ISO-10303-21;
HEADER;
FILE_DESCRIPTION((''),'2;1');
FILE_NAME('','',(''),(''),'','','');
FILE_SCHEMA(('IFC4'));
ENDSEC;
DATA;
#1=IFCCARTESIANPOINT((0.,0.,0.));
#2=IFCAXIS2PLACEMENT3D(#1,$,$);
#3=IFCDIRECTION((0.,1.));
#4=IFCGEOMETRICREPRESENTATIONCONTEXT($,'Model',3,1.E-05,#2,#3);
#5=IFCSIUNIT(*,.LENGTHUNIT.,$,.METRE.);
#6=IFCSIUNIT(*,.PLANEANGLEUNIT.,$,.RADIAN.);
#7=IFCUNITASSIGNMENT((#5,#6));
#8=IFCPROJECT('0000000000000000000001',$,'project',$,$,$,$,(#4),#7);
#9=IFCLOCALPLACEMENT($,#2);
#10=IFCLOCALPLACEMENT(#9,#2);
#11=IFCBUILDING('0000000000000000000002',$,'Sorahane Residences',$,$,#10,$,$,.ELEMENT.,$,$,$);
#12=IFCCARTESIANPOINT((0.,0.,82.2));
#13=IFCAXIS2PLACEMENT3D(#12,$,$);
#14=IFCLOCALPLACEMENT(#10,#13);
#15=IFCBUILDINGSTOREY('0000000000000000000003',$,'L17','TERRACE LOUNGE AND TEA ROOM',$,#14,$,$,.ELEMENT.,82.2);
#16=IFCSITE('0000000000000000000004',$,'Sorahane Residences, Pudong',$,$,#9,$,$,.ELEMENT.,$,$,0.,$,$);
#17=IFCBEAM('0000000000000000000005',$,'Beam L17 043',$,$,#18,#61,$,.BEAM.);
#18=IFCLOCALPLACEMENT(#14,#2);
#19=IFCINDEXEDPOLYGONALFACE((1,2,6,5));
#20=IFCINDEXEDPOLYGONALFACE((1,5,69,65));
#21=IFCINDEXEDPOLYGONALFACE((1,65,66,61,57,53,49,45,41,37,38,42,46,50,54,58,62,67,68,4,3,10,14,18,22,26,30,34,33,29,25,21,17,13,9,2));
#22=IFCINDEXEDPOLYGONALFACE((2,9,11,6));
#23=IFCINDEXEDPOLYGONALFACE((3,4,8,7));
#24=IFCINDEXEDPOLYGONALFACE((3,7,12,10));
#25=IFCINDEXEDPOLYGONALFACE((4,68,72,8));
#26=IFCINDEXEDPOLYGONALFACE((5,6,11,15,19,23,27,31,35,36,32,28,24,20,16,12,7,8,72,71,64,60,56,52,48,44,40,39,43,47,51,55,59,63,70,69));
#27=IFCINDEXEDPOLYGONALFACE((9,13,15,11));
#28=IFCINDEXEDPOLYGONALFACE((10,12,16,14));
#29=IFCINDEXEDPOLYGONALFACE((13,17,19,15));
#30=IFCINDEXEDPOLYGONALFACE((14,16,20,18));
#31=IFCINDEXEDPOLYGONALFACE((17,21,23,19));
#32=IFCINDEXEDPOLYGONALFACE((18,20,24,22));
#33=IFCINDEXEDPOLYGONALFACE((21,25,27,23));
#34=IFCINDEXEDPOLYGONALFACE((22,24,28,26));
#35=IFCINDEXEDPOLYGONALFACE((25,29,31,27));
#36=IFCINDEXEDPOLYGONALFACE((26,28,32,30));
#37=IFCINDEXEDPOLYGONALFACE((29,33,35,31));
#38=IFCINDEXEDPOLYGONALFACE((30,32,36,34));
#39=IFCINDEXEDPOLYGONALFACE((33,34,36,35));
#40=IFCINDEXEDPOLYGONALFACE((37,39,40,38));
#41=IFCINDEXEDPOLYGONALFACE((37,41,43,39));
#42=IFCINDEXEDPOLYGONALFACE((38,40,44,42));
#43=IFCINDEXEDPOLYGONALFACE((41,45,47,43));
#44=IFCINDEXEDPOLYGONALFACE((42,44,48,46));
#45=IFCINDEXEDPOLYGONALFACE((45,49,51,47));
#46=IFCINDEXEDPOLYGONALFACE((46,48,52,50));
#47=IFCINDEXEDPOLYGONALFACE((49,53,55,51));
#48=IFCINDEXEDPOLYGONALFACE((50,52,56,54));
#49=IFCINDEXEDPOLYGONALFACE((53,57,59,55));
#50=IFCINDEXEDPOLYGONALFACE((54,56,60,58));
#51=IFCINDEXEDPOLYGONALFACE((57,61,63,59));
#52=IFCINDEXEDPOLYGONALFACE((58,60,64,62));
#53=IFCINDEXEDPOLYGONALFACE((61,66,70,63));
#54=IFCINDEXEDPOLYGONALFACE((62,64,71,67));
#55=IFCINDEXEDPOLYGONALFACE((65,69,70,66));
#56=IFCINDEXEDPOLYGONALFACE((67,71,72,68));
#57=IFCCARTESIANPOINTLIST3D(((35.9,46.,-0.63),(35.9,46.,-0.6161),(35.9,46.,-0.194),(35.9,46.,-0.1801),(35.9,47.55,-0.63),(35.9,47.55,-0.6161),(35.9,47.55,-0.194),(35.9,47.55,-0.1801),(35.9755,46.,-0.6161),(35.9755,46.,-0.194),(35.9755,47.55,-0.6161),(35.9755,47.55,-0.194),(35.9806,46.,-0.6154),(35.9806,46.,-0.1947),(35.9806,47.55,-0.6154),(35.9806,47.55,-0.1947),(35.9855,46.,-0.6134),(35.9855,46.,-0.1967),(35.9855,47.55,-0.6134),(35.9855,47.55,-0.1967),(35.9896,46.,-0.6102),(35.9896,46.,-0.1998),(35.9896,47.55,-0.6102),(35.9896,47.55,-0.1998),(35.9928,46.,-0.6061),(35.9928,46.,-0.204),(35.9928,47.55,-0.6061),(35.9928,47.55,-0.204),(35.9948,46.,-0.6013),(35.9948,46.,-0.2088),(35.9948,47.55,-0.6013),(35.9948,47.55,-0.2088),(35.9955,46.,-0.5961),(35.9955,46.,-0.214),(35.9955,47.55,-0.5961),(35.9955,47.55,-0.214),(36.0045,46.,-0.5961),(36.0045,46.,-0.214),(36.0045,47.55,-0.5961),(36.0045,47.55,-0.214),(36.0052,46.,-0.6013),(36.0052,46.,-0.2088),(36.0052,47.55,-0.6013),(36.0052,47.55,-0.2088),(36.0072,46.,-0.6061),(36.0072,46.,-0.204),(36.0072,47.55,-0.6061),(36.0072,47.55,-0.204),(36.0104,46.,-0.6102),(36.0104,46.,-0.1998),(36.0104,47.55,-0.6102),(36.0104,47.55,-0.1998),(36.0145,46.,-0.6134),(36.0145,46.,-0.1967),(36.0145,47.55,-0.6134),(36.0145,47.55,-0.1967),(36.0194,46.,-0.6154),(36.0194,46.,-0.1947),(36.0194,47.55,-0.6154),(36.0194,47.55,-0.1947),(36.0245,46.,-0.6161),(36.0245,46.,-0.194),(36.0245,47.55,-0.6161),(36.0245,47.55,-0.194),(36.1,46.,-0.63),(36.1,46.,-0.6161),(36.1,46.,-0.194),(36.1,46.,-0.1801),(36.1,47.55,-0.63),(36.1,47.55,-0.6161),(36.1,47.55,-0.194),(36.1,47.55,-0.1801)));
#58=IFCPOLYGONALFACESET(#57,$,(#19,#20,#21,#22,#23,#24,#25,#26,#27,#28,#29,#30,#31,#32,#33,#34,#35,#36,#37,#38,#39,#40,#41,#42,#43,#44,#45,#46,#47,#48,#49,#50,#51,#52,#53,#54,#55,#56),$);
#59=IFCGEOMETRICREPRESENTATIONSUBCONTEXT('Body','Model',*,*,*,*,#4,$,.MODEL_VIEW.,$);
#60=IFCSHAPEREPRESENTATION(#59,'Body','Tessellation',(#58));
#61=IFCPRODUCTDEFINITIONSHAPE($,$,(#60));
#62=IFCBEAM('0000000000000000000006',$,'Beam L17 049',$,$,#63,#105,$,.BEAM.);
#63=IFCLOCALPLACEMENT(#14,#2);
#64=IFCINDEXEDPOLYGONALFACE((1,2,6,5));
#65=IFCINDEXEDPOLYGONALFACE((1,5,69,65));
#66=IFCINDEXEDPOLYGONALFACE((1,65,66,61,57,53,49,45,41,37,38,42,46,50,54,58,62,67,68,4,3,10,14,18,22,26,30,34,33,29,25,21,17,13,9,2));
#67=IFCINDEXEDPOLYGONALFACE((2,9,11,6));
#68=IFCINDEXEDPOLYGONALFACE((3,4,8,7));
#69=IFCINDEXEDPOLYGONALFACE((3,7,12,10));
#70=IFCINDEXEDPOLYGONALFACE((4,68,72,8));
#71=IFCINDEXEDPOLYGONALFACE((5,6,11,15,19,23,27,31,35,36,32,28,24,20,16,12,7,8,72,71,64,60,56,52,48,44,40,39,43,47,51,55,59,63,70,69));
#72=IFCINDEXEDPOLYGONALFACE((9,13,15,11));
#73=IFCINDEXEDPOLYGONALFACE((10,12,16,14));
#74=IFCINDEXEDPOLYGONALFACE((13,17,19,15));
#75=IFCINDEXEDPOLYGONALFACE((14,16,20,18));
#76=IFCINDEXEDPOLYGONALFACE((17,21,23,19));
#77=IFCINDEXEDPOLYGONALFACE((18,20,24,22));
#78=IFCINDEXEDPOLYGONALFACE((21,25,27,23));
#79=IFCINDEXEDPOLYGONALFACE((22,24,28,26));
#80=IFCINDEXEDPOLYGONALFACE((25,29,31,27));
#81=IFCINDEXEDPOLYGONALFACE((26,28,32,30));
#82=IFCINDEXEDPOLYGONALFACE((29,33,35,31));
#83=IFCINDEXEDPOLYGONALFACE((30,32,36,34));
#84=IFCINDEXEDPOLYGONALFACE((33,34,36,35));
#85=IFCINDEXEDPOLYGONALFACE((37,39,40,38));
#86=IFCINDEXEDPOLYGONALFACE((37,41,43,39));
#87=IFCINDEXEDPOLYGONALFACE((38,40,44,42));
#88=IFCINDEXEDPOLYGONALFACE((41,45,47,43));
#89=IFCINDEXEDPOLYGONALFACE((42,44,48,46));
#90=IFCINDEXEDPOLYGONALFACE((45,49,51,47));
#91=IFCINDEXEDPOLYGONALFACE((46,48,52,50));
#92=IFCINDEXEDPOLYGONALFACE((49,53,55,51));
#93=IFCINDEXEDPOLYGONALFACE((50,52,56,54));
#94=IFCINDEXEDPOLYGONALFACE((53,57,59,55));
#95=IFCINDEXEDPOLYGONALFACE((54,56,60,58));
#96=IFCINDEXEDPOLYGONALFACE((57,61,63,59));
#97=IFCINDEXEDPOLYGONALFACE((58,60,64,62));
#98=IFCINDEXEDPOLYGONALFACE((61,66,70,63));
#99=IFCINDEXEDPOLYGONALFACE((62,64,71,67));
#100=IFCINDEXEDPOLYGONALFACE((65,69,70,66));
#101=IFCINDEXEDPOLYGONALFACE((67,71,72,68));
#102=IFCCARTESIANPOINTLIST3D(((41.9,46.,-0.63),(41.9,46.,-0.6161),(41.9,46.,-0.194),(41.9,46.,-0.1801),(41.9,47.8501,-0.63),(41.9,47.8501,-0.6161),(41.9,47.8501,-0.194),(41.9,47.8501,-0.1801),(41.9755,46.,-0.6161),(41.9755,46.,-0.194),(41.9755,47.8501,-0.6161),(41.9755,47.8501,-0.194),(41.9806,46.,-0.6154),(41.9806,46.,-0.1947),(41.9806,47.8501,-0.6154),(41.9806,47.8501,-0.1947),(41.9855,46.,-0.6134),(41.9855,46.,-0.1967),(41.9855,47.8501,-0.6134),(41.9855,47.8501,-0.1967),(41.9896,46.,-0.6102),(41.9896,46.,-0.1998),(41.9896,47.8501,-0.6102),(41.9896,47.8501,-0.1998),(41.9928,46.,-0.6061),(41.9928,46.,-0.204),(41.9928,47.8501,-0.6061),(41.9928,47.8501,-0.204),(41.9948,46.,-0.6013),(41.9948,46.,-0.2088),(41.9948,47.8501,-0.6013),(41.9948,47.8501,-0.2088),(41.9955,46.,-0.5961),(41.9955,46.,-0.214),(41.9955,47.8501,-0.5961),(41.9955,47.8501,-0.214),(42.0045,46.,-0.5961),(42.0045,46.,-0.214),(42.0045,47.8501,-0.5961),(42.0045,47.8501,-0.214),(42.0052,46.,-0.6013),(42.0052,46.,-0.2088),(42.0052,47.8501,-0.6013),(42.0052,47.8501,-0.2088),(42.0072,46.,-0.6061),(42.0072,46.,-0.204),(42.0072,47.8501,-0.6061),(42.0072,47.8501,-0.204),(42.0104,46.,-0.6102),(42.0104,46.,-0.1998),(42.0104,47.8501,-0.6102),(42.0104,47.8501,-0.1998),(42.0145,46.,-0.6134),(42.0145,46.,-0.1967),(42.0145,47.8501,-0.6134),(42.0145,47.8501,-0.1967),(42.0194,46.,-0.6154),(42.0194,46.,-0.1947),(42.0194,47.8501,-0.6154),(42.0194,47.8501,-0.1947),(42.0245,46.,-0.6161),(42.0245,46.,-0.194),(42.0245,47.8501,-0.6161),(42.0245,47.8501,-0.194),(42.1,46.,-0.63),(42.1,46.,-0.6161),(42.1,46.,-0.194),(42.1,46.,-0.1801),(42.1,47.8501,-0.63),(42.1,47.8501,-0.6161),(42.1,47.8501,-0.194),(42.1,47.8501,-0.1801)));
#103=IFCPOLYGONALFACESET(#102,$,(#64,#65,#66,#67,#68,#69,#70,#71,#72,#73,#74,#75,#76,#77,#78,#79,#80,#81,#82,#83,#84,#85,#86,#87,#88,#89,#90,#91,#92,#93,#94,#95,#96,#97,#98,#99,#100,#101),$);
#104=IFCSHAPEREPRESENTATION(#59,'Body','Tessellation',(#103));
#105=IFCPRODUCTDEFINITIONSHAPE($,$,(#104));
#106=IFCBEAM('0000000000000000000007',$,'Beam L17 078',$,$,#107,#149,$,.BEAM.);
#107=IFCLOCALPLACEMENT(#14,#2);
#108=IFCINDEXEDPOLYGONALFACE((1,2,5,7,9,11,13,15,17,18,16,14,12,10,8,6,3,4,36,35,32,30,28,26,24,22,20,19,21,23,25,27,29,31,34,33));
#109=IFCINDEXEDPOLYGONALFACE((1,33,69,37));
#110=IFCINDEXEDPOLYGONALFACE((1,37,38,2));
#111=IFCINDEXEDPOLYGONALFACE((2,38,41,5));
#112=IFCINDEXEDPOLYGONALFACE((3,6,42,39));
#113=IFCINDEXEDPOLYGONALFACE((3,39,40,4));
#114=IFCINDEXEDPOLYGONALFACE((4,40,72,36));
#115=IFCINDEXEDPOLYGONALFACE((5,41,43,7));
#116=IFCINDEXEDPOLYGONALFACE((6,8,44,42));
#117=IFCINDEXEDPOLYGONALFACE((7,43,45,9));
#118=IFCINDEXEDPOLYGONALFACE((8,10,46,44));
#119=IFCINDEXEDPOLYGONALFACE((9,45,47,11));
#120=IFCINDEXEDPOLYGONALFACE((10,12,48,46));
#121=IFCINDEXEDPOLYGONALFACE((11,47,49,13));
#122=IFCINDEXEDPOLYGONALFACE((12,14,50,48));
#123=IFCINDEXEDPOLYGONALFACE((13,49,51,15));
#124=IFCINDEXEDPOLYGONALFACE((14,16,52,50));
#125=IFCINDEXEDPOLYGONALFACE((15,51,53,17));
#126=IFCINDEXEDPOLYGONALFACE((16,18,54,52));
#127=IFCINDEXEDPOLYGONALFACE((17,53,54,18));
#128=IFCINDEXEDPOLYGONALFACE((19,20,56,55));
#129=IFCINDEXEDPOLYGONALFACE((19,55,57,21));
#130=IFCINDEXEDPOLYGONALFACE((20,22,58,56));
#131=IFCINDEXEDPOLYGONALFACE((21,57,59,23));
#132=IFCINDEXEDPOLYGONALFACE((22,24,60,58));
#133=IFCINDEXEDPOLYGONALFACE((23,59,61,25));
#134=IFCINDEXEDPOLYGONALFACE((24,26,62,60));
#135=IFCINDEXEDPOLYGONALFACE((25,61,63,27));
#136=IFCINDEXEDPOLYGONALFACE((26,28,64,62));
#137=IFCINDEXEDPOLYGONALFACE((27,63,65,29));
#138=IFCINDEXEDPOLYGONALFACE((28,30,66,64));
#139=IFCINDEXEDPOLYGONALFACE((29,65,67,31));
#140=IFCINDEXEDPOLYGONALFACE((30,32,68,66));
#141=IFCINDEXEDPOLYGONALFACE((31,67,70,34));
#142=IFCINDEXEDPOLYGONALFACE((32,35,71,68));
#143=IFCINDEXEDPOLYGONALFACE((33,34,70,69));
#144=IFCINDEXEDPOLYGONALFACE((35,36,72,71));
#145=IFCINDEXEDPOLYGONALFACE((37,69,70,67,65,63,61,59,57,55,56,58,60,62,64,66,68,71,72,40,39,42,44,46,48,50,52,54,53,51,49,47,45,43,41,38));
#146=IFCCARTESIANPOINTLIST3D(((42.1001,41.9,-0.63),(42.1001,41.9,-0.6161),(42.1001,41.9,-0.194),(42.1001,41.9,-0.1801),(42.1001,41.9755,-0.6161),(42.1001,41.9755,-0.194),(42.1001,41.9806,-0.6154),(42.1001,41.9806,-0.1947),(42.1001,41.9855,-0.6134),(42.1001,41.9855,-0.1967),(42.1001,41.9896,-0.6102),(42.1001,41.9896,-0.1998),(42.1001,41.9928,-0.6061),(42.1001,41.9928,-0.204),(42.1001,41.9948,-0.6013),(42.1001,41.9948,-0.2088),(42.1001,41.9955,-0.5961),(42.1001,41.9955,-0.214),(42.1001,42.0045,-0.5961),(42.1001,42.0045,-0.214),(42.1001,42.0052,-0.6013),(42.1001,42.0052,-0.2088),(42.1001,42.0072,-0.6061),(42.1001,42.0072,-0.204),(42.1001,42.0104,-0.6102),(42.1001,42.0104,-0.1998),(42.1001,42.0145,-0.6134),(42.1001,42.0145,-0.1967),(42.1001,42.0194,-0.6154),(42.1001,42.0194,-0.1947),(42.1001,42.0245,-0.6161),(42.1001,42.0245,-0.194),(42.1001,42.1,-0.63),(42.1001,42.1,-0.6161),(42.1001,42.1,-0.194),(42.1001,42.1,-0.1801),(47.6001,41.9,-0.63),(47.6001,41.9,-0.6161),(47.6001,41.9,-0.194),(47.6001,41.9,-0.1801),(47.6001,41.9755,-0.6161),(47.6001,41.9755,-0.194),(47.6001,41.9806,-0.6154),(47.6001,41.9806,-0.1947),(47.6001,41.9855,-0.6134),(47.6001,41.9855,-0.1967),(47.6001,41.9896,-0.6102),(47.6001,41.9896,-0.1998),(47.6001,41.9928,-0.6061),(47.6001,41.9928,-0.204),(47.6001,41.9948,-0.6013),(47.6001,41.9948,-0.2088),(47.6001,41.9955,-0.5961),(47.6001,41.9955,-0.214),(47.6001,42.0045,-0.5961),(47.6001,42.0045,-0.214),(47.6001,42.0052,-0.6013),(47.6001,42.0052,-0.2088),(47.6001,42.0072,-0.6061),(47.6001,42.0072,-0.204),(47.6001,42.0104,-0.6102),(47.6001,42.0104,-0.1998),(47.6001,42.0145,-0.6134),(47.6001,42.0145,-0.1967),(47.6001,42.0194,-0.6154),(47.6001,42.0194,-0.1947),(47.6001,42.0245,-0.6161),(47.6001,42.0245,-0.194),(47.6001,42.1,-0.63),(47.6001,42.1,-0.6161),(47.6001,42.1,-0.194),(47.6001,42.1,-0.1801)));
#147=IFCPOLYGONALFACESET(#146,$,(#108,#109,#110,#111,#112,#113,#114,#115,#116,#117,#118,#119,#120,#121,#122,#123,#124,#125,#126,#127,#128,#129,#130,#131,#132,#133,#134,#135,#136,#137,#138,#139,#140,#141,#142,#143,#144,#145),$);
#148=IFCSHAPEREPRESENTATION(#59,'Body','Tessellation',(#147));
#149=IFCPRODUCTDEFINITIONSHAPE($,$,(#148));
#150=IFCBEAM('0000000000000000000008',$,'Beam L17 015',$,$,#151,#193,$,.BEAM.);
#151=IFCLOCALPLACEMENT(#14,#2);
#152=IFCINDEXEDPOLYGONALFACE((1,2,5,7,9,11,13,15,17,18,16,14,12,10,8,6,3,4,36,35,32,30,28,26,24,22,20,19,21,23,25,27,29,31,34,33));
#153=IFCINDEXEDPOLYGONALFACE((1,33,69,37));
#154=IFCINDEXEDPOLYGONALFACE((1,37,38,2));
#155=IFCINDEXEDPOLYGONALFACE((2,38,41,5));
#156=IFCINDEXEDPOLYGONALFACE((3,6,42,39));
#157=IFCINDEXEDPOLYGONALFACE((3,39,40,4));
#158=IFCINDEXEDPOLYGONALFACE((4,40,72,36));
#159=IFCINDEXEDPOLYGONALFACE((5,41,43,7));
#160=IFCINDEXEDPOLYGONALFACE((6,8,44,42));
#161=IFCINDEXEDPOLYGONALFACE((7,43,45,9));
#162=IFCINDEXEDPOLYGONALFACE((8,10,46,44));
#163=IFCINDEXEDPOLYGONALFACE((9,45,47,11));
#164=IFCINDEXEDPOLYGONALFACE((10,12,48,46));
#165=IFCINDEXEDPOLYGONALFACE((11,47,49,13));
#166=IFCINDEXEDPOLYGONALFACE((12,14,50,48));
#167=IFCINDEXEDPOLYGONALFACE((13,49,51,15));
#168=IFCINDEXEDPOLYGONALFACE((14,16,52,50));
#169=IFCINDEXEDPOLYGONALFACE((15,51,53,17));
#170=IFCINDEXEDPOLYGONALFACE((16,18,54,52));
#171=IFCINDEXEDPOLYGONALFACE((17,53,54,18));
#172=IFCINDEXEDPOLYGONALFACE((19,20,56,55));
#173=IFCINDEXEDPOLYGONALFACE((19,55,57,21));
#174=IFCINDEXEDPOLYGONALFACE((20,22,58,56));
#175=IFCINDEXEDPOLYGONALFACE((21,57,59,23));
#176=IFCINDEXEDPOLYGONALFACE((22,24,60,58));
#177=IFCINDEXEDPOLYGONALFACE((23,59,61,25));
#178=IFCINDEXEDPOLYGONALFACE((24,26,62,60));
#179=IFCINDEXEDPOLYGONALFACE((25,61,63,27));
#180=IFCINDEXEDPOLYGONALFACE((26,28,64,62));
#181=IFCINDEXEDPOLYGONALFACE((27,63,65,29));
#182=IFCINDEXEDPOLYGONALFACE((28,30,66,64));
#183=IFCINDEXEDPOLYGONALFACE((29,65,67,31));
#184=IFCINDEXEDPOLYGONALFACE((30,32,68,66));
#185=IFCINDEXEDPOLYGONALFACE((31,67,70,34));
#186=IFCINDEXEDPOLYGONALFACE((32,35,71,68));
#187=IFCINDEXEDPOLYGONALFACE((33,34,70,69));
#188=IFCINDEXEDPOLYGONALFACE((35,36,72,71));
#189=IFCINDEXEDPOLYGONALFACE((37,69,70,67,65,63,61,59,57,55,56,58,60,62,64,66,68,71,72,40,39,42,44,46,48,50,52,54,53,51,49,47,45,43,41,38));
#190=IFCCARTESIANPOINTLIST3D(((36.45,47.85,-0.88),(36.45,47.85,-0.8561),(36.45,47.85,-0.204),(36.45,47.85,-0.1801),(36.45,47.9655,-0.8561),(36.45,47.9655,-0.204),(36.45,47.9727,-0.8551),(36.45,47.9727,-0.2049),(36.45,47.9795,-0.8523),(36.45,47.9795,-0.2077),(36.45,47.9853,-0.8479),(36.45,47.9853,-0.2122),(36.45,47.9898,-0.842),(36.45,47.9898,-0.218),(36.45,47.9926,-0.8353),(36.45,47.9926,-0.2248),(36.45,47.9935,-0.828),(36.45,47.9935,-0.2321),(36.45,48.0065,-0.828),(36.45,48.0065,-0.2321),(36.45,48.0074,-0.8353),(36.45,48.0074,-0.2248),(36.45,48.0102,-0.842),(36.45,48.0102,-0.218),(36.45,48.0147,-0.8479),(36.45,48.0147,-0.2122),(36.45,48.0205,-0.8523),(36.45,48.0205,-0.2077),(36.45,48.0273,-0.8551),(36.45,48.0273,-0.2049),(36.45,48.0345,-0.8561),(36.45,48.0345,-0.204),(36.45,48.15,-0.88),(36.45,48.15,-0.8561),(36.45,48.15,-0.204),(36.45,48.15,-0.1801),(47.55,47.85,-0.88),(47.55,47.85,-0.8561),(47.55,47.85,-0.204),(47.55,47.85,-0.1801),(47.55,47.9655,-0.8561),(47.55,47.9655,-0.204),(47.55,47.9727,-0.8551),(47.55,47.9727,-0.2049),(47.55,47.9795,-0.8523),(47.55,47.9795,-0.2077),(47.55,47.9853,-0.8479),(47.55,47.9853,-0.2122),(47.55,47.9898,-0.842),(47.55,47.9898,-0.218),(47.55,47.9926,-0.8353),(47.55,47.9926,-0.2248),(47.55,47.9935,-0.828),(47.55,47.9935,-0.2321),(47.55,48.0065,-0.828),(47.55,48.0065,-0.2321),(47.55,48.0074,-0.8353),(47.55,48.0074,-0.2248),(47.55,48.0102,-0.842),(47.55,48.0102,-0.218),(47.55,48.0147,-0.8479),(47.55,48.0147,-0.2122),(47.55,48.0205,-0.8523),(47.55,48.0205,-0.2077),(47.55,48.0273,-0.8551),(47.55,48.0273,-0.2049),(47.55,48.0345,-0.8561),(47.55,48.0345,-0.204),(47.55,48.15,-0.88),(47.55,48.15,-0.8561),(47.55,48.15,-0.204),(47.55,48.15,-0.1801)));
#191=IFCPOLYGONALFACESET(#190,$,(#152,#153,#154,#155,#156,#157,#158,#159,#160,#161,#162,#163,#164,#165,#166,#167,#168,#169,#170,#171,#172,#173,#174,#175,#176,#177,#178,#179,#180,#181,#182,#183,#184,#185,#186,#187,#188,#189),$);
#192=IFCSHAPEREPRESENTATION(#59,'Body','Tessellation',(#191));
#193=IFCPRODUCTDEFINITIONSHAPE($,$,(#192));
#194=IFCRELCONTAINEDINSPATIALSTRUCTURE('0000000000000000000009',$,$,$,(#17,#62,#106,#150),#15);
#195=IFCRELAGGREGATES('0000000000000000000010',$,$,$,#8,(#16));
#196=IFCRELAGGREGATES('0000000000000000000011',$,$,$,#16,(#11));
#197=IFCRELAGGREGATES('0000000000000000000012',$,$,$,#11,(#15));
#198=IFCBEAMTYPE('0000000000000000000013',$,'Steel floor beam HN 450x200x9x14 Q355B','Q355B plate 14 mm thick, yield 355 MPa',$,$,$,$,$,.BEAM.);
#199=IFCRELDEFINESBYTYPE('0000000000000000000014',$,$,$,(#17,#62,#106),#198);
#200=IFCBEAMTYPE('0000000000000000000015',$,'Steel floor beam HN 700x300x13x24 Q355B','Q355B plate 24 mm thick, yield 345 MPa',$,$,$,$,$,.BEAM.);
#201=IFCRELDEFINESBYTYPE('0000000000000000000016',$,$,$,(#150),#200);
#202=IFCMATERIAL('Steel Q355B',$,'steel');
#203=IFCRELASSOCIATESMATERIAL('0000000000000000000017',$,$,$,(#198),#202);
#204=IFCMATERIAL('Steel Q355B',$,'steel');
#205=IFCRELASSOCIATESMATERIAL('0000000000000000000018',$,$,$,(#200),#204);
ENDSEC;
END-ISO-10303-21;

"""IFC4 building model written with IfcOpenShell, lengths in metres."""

from ifc_helpers import new_model, si_unit, direction, frame, origin, origin_2d, place, context, subcontext, project, spatial, i_section, extrude, material, material_profile, profile_set, type_object, element, save


model = new_model("IFC4")

# Units and contexts
model_context = context("Model", 3, precision=1e-05, world=origin(), true_north=direction((0.0, 1.0)))
body_context = subcontext(model_context, "Body", "Model", "MODEL_VIEW")
ifc_project = project(units=[si_unit("LENGTHUNIT", "METRE"), si_unit("PLANEANGLEUNIT", "RADIAN")], contexts=[model_context])

# Site, building, storey
site_placement = place(None, origin())
site = spatial("IfcSite", under=ifc_project, at=site_placement, Name="Sorahane Residences, Pudong", CompositionType="ELEMENT", RefElevation=0.0)
building_placement = place(site_placement, origin())
building = spatial("IfcBuilding", under=site, at=building_placement, Name="Sorahane Residences", CompositionType="ELEMENT")
storey_placement = place(building_placement, frame((0.0, 0.0, 82.2)))
storey = spatial("IfcBuildingStorey", under=building, at=storey_placement, Name="L17", Description="TERRACE LOUNGE AND TEA ROOM", CompositionType="ELEMENT", Elevation=82.2)

# Beams
ifc_material_1 = material(Name="Steel Q355B", Category="steel")
ifc_material_profile_1 = material_profile(ifc_material_1, i_section(OverallWidth=0.2, OverallDepth=0.45, WebThickness=0.009, FlangeThickness=0.0139, FilletRadius=0.02, at=origin_2d()), Name="HN 450x200x9x14")
ifc_profile_set_1 = profile_set([ifc_material_profile_1], Name="Steel Q355B")
beam_type_1 = type_object("IfcBeamType", Name="Steel floor beam HN 450x200x9x14 Q355B", Description="Q355B plate 14 mm thick, yield 355 MPa", PredefinedType="BEAM", material=ifc_profile_set_1)
beam_1_placement = place(storey_placement, frame((36.0, 46.0, -0.405), z_axis=(0.0, 1.0, 0.0), x_axis=(-1.0, 0.0, 0.0)))
element("IfcBeam", 1, at=beam_1_placement, inside=storey, type_object=beam_type_1, Name="Beam L17 043", PredefinedType="BEAM", context=body_context, shape_type="SweptSolid", body=[
    extrude(i_section(OverallWidth=0.2, OverallDepth=0.45, WebThickness=0.009, FlangeThickness=0.0139, FilletRadius=0.02, at=origin_2d()), origin(), (0.0, 0.0, 1.0), 1.55),
])
beam_2_placement = place(storey_placement, frame((42.0, 46.0, -0.405), z_axis=(0.0, 1.0, 0.0), x_axis=(-1.0, 0.0, 0.0)))
element("IfcBeam", 2, at=beam_2_placement, inside=storey, type_object=beam_type_1, Name="Beam L17 049", PredefinedType="BEAM", context=body_context, shape_type="SweptSolid", body=[
    extrude(i_section(OverallWidth=0.2, OverallDepth=0.45, WebThickness=0.009, FlangeThickness=0.0139, FilletRadius=0.02, at=origin_2d()), origin(), (0.0, 0.0, 1.0), 1.8501),
])
beam_3_placement = place(storey_placement, frame((42.1001, 42.0, -0.405), z_axis=(1.0, 0.0, 0.0), x_axis=(0.0, 1.0, 0.0)))
element("IfcBeam", 3, at=beam_3_placement, inside=storey, type_object=beam_type_1, Name="Beam L17 078", PredefinedType="BEAM", context=body_context, shape_type="SweptSolid", body=[
    extrude(i_section(OverallWidth=0.2, OverallDepth=0.45, WebThickness=0.009, FlangeThickness=0.0139, FilletRadius=0.02, at=origin_2d()), origin(), (0.0, 0.0, 1.0), 5.5),
])
ifc_material_2 = material(Name="Steel Q355B", Category="steel")
ifc_material_profile_2 = material_profile(ifc_material_2, i_section(OverallWidth=0.3, OverallDepth=0.7, WebThickness=0.0129, FlangeThickness=0.0239, FilletRadius=0.0281, at=origin_2d()), Name="HN 700x300x13x24")
ifc_profile_set_2 = profile_set([ifc_material_profile_2], Name="Steel Q355B")
beam_type_2 = type_object("IfcBeamType", Name="Steel floor beam HN 700x300x13x24 Q355B", Description="Q355B plate 24 mm thick, yield 345 MPa", PredefinedType="BEAM", material=ifc_profile_set_2)
beam_4_placement = place(storey_placement, frame((36.45, 48.0, -0.53), z_axis=(1.0, 0.0, 0.0), x_axis=(0.0, 1.0, 0.0)))
element("IfcBeam", 4, at=beam_4_placement, inside=storey, type_object=beam_type_2, Name="Beam L17 015", PredefinedType="BEAM", context=body_context, shape_type="SweptSolid", body=[
    extrude(i_section(OverallWidth=0.3, OverallDepth=0.7, WebThickness=0.0129, FlangeThickness=0.0239, FilletRadius=0.0281, at=origin_2d()), origin(), (0.0, 0.0, 1.0), 11.1001),
])

save(model, "model.ifc")
